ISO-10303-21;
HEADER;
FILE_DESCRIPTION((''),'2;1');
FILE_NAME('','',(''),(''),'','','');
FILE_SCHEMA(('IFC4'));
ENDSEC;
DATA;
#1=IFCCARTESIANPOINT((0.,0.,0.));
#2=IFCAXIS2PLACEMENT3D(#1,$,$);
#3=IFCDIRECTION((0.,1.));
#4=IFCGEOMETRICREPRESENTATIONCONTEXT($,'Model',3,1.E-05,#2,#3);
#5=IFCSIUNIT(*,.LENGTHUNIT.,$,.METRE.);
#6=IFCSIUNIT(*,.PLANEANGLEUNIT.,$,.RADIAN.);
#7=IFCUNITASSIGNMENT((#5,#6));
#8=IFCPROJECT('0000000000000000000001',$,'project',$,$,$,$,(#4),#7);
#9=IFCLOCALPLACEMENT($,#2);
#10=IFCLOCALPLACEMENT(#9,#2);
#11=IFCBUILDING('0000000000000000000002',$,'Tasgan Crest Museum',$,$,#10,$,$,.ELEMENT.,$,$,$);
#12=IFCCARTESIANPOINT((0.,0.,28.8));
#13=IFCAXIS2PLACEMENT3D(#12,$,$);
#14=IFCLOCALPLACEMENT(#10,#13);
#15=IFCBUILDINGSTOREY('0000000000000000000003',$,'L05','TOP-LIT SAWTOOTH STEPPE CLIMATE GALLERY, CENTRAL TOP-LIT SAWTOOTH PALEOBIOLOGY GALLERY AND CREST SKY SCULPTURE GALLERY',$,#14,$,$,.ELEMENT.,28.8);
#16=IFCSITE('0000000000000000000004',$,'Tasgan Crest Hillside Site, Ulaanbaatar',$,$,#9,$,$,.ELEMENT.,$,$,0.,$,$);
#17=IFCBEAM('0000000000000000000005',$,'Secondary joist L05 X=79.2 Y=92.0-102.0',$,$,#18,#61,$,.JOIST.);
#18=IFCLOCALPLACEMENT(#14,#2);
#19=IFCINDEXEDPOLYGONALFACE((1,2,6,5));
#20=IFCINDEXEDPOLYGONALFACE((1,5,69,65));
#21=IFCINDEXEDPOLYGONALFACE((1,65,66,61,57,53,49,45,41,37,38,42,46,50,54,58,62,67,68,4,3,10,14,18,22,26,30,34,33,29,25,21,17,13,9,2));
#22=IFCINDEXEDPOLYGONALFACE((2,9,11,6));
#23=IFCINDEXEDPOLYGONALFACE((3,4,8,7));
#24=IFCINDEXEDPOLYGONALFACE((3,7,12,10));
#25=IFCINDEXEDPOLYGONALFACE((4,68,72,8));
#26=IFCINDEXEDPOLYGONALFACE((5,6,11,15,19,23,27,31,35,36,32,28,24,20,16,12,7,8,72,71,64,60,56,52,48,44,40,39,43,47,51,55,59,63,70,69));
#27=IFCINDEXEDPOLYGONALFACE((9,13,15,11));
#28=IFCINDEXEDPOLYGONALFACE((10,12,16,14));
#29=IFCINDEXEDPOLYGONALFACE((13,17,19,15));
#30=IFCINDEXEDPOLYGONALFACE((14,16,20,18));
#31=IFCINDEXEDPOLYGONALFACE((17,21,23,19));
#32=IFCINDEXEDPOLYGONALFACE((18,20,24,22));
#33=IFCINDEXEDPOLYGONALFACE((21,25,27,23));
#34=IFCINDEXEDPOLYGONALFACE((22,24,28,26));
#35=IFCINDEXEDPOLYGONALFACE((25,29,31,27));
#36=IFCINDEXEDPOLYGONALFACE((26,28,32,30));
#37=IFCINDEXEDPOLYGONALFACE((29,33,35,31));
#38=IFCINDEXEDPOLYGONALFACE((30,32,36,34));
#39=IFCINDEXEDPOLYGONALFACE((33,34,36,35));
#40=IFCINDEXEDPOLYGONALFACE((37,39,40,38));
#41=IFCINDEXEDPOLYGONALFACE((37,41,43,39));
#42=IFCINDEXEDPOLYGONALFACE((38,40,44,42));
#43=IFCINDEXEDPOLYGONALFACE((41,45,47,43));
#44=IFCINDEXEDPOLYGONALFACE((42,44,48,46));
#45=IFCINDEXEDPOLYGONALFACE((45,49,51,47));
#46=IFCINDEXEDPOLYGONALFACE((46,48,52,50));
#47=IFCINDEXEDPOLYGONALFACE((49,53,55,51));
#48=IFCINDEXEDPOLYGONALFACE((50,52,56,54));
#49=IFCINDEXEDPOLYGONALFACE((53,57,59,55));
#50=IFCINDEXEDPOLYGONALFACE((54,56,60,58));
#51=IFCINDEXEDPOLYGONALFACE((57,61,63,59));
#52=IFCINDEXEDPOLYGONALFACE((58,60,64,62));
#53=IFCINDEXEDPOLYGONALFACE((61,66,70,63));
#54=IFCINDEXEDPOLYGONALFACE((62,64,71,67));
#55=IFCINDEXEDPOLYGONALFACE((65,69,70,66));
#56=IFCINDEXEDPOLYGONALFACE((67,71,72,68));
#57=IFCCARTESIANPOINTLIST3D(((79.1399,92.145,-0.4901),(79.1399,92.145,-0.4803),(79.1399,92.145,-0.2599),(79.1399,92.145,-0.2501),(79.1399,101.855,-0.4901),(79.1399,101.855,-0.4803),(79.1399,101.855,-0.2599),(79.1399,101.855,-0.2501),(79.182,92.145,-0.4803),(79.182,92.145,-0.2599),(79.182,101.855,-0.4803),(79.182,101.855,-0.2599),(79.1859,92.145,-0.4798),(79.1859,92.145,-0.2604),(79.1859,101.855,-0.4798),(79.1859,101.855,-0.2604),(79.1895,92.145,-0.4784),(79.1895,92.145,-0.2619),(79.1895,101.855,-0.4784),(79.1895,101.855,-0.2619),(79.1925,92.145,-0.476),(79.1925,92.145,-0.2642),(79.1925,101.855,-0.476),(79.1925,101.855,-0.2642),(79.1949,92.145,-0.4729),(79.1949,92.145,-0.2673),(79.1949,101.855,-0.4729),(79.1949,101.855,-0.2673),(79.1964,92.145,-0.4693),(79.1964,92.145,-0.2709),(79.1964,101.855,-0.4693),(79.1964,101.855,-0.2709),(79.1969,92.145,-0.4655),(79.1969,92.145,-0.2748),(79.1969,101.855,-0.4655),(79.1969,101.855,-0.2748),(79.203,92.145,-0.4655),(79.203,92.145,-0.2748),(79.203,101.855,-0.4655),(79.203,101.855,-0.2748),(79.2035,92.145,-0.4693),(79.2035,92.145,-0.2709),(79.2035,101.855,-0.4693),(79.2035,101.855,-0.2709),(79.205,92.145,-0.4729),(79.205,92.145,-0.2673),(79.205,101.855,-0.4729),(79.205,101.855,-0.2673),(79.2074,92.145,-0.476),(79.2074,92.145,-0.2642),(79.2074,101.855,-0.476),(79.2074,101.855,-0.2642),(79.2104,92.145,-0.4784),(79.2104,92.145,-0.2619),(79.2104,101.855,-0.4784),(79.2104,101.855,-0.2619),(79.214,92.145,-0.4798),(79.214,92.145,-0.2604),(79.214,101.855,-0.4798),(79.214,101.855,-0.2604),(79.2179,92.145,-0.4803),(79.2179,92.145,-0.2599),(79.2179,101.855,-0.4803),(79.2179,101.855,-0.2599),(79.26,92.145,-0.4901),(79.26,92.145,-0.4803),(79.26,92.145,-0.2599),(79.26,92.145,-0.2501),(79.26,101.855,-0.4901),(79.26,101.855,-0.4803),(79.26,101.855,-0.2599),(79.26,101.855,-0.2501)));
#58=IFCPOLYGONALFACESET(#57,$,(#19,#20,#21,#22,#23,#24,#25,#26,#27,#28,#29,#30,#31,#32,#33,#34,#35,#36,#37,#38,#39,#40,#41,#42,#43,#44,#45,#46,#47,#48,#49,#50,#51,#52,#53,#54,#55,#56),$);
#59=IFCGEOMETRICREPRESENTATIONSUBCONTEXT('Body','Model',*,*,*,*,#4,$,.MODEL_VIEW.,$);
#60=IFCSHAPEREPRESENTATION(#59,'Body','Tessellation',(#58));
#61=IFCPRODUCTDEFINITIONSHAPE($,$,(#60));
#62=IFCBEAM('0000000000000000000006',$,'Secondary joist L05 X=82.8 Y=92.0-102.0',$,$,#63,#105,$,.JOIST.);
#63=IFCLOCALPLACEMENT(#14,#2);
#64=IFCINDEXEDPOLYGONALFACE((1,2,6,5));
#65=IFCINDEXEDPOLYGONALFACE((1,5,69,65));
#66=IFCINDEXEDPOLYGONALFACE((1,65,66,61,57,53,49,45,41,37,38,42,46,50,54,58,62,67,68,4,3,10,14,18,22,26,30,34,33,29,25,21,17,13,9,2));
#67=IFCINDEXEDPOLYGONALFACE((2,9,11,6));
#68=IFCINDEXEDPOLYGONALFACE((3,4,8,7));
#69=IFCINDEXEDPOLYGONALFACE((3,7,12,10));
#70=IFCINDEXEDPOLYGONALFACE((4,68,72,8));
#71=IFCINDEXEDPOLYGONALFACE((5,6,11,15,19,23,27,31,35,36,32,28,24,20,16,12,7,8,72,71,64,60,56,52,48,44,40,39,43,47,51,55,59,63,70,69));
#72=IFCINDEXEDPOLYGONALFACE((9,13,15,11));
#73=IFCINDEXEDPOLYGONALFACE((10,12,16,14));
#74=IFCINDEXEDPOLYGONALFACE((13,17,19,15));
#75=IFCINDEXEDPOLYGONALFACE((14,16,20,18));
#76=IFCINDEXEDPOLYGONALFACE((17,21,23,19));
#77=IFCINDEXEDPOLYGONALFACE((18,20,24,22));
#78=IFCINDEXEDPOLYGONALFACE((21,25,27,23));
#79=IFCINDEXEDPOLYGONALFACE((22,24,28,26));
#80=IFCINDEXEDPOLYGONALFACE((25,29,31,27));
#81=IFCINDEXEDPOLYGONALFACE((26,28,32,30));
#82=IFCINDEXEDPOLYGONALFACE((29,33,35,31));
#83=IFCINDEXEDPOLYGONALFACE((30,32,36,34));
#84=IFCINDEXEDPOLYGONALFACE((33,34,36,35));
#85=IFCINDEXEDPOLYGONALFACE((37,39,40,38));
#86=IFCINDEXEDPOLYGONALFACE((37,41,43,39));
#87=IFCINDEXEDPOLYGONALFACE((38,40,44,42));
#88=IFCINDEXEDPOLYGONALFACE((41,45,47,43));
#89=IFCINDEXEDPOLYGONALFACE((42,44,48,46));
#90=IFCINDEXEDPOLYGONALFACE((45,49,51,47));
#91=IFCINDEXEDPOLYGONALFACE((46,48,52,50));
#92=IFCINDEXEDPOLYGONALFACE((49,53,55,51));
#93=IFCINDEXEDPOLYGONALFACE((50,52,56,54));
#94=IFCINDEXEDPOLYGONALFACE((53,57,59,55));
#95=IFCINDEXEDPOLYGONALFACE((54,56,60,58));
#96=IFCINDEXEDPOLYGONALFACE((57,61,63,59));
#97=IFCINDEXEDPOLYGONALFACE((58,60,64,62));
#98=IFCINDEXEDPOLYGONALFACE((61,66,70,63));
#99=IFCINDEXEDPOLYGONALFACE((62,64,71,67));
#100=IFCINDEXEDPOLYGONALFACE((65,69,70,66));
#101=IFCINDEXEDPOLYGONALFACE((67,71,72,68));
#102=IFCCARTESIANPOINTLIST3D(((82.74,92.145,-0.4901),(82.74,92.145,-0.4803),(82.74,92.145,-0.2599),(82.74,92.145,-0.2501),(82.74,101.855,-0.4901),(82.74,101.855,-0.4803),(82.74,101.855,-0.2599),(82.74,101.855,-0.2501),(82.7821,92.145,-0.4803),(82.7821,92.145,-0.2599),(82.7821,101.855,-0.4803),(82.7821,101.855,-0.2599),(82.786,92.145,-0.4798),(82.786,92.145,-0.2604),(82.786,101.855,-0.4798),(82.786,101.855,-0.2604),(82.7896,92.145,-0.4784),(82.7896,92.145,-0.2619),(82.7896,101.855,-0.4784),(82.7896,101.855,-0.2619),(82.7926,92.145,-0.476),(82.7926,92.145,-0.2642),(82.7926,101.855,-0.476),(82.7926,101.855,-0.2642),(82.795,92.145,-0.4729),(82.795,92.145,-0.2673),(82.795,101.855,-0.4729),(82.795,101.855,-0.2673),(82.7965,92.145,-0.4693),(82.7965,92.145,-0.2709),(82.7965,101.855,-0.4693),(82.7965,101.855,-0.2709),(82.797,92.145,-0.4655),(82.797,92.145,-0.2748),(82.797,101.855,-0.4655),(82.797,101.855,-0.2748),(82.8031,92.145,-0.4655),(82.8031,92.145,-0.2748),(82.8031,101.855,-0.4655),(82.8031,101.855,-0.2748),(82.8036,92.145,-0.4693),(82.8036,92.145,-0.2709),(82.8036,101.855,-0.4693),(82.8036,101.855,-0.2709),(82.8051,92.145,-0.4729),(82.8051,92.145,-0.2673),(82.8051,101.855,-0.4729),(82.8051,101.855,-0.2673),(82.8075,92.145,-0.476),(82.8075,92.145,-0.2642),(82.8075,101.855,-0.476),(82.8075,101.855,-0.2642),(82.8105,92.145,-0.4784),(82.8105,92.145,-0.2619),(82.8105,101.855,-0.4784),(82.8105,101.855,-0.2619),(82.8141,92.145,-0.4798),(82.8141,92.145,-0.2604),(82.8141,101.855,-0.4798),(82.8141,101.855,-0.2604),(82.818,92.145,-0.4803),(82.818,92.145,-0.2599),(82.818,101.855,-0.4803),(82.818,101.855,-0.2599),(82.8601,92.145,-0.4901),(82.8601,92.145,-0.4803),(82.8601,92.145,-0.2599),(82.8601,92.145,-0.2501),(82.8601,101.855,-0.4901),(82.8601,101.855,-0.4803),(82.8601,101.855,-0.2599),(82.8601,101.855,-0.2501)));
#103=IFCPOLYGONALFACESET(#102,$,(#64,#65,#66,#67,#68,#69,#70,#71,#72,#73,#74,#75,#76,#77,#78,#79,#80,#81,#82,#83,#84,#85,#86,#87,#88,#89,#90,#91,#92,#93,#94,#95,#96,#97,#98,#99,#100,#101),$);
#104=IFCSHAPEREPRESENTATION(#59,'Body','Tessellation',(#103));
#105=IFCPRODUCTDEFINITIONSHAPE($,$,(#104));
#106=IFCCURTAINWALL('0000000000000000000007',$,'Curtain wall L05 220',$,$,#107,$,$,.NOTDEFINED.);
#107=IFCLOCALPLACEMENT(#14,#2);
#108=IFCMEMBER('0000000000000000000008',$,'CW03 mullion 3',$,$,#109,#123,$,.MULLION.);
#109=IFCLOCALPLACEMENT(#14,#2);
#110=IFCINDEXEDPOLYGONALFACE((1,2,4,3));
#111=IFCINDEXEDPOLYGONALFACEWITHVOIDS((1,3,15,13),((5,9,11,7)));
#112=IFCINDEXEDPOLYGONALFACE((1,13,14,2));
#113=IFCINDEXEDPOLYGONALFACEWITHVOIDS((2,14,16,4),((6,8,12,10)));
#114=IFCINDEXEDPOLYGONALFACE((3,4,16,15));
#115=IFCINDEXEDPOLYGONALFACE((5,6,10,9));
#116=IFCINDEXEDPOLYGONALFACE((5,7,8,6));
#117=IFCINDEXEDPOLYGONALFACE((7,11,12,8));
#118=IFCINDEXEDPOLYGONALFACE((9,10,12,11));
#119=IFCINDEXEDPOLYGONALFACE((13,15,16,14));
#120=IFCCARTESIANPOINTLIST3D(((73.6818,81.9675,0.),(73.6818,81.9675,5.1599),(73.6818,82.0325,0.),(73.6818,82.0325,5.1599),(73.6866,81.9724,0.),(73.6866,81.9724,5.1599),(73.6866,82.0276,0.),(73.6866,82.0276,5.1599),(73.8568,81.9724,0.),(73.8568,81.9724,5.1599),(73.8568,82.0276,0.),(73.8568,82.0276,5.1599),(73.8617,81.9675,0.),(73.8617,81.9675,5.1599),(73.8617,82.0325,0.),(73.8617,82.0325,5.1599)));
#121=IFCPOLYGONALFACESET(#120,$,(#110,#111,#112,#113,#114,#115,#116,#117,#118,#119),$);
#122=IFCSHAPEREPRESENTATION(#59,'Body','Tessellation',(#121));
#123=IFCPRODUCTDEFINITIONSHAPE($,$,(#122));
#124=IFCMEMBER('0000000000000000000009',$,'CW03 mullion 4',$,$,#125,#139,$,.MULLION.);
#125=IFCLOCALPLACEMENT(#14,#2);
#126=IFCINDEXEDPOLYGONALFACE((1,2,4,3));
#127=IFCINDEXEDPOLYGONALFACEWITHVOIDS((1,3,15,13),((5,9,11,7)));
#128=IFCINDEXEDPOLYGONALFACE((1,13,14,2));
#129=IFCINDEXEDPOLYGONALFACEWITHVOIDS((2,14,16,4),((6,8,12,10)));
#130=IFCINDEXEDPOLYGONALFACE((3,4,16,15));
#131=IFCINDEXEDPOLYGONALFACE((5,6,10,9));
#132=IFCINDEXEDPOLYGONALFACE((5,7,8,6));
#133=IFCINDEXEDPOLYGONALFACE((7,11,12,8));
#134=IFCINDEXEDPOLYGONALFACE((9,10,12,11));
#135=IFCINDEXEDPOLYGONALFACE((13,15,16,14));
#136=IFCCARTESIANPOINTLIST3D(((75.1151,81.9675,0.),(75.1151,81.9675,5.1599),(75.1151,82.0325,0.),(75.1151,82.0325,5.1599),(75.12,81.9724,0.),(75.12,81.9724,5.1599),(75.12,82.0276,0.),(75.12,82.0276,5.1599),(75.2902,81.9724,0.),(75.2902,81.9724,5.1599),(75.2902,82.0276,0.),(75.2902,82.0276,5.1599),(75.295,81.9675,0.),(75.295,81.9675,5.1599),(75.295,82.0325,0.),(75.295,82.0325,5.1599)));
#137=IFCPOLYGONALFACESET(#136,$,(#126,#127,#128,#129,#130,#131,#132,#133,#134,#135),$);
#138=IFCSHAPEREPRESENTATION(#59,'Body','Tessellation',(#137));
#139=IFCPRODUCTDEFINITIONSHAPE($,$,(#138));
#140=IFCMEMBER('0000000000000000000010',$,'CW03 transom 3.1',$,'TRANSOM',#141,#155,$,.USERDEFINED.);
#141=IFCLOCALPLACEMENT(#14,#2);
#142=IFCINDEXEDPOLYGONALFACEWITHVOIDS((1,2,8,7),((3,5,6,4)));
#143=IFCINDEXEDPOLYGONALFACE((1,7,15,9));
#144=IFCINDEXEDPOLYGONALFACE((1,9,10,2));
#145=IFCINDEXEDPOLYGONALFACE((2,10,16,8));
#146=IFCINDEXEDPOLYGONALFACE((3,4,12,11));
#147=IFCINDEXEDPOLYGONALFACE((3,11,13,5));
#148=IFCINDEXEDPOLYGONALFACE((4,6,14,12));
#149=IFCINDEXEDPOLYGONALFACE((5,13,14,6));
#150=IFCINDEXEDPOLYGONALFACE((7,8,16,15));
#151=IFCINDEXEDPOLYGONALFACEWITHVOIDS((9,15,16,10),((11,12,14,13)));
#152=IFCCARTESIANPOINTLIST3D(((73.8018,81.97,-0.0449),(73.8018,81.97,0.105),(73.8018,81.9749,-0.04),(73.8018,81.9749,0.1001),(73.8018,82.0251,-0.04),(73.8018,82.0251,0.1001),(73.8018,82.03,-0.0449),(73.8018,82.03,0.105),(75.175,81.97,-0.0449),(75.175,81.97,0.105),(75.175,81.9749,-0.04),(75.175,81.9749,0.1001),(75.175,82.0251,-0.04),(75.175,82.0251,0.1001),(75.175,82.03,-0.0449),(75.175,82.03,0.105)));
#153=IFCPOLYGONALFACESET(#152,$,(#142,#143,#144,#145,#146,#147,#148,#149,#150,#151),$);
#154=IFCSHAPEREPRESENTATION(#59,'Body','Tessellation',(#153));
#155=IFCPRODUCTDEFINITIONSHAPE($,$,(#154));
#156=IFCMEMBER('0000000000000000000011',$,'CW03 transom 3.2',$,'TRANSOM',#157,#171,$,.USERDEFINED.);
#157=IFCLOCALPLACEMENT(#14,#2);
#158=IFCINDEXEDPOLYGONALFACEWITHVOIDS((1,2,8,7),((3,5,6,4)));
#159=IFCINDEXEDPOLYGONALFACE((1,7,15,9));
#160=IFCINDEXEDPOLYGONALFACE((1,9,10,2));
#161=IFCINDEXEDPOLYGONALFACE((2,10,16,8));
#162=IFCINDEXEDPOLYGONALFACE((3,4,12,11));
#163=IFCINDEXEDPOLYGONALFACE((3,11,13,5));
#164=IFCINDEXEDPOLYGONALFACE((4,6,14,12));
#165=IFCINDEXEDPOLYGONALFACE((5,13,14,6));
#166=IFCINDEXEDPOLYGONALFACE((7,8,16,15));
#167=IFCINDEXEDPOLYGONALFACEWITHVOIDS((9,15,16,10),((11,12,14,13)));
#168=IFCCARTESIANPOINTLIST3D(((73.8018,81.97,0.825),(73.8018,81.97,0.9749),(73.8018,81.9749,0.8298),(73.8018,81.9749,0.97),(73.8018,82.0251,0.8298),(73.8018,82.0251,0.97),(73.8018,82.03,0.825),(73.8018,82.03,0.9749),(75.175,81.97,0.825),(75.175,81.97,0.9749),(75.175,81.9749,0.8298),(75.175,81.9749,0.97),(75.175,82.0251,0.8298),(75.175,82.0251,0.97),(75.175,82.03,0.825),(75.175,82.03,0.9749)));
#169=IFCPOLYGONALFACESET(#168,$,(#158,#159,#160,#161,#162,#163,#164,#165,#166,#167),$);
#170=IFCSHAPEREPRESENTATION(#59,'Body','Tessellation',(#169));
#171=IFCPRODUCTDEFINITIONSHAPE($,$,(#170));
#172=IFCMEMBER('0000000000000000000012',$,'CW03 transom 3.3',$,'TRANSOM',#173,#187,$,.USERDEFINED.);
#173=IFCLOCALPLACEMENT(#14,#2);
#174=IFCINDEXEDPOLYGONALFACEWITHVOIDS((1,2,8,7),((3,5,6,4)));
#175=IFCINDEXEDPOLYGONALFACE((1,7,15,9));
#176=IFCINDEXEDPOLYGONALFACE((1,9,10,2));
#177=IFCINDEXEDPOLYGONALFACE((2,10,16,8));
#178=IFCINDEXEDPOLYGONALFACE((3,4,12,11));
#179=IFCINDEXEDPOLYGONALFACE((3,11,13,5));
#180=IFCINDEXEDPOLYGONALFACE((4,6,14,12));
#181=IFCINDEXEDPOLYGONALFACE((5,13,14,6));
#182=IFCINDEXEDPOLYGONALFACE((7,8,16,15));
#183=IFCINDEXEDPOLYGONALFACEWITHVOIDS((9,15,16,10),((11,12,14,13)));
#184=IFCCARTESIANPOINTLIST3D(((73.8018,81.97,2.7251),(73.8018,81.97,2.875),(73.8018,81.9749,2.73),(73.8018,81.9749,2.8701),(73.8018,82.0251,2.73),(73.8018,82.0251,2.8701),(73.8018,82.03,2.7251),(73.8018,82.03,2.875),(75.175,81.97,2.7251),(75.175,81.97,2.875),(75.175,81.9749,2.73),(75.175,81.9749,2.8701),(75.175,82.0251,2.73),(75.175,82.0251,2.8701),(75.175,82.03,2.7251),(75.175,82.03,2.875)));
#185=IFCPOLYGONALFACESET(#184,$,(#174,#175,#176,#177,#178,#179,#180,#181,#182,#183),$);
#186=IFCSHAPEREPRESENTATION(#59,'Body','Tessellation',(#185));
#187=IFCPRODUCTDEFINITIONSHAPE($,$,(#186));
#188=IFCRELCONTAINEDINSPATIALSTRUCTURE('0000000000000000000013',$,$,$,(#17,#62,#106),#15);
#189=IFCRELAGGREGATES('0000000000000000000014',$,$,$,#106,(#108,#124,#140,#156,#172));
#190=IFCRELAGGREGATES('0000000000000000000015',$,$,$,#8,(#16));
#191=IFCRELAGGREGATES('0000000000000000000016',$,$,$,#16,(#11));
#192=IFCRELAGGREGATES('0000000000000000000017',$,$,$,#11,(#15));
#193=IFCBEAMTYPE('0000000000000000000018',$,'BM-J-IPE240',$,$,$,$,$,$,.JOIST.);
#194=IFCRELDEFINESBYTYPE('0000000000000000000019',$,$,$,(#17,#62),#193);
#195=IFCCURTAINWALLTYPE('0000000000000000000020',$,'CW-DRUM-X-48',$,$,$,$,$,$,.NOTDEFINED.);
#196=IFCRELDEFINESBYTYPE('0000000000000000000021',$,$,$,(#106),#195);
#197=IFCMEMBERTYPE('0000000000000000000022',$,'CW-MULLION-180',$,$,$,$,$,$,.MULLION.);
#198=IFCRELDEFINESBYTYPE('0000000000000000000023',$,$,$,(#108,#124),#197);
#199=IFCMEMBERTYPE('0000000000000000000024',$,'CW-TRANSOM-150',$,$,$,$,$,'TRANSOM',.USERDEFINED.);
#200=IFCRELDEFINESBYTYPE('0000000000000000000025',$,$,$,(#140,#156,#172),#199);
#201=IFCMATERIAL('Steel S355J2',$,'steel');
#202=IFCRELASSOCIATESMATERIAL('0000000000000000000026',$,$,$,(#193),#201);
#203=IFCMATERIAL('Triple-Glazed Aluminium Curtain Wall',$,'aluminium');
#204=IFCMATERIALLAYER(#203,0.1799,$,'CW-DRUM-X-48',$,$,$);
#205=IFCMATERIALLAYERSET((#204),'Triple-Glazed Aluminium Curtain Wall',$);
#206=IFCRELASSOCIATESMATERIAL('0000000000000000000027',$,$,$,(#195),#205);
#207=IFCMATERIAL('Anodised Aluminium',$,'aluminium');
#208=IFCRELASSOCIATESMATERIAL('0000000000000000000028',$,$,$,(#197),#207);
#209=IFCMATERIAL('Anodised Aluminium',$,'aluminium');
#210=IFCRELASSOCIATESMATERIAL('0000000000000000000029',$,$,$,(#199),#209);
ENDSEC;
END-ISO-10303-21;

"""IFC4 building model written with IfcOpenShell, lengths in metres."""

from ifc_helpers import new_model, si_unit, direction, frame, origin, origin_2d, place, context, subcontext, project, spatial, hollow_rectangle, i_section, extrude, material, layer, layer_set, material_profile, profile_set, type_object, element, aggregate, save


model = new_model("IFC4")

# Units and contexts
model_context = context("Model", 3, precision=1e-05, world=origin(), true_north=direction((0.0, 1.0)))
body_context = subcontext(model_context, "Body", "Model", "MODEL_VIEW")
ifc_project = project(units=[si_unit("LENGTHUNIT", "METRE"), si_unit("PLANEANGLEUNIT", "RADIAN")], contexts=[model_context])

# Site, building, storey
site_placement = place(None, origin())
site = spatial("IfcSite", under=ifc_project, at=site_placement, Name="Tasgan Crest Hillside Site, Ulaanbaatar", CompositionType="ELEMENT", RefElevation=0.0)
building_placement = place(site_placement, origin())
building = spatial("IfcBuilding", under=site, at=building_placement, Name="Tasgan Crest Museum", CompositionType="ELEMENT")
storey_placement = place(building_placement, frame((0.0, 0.0, 28.8)))
storey = spatial("IfcBuildingStorey", under=building, at=storey_placement, Name="L05", Description="TOP-LIT SAWTOOTH STEPPE CLIMATE GALLERY, CENTRAL TOP-LIT SAWTOOTH PALEOBIOLOGY GALLERY AND CREST SKY SCULPTURE GALLERY", CompositionType="ELEMENT", Elevation=28.8)

# Beams
ifc_material_1 = material(Name="Steel S355J2", Category="steel")
ifc_material_profile_1 = material_profile(ifc_material_1, i_section(OverallWidth=0.1201, OverallDepth=0.24, WebThickness=0.0061, FlangeThickness=0.0098, FilletRadius=0.0149, at=origin_2d()), Name="IPE 240")
ifc_profile_set_1 = profile_set([ifc_material_profile_1], Name="Steel S355J2")
beam_type_1 = type_object("IfcBeamType", Name="BM-J-IPE240", PredefinedType="JOIST", material=ifc_profile_set_1)
for number, where, z_axis, x_axis, name in (
    (1, (79.2, 92.145, -0.3701), (0.0, 1.0, 0.0), (-1.0, 0.0, 0.0), "Secondary joist L05 X=79.2 Y=92.0-102.0"),
    (2, (82.8, 92.145, -0.3701), (0.0, 1.0, 0.0), (-1.0, 0.0, 0.0), "Secondary joist L05 X=82.8 Y=92.0-102.0"),
):
    element("IfcBeam", number, at=place(storey_placement, frame(where, z_axis=z_axis, x_axis=x_axis)), inside=storey, type_object=beam_type_1, Name=name, PredefinedType="JOIST", context=body_context, shape_type="SweptSolid", body=[
        extrude(i_section(OverallWidth=0.1201, OverallDepth=0.24, WebThickness=0.0061, FlangeThickness=0.0098, FilletRadius=0.0149, at=origin_2d()), origin(), (0.0, 0.0, 1.0), 9.71),
    ])

# Curtain wall, members
ifc_material_2 = material(Name="Triple-Glazed Aluminium Curtain Wall", Category="aluminium")
ifc_layer_1 = layer(ifc_material_2, 0.1799, Name="CW-DRUM-X-48")
ifc_layer_set_1 = layer_set([ifc_layer_1], Name="Triple-Glazed Aluminium Curtain Wall")
curtain_wall_type = type_object("IfcCurtainWallType", Name="CW-DRUM-X-48", PredefinedType="NOTDEFINED", material=ifc_layer_set_1)
curtain_wall_placement = place(storey_placement, origin())
curtain_wall = element("IfcCurtainWall", 3, at=curtain_wall_placement, inside=storey, type_object=curtain_wall_type, Name="Curtain wall L05 220", PredefinedType="NOTDEFINED")
ifc_material_3 = material(Name="Anodised Aluminium", Category="aluminium")
ifc_material_profile_2 = material_profile(ifc_material_3, hollow_rectangle(XDim=0.0649, YDim=0.1799, WallThickness=0.0049, at=origin_2d()), Name="ALU MULLION 180x65x5")
ifc_profile_set_2 = profile_set([ifc_material_profile_2], Name="Anodised Aluminium")
member_type_1 = type_object("IfcMemberType", Name="CW-MULLION-180", PredefinedType="MULLION", material=ifc_profile_set_2)
member_1_placement = place(storey_placement, frame((73.7717, 82.0, 0.0), z_axis=(0.0, 0.0, 1.0), x_axis=(0.0, 1.0, 0.0)))
member_1 = element("IfcMember", 4, at=member_1_placement, type_object=member_type_1, Name="CW03 mullion 3", PredefinedType="MULLION", context=body_context, shape_type="SweptSolid", body=[
    extrude(hollow_rectangle(XDim=0.0649, YDim=0.1799, WallThickness=0.0049, at=origin_2d()), origin(), (0.0, 0.0, 1.0), 5.1599),
])
member_2_placement = place(storey_placement, frame((75.2051, 82.0, 0.0), z_axis=(0.0, 0.0, 1.0), x_axis=(0.0, 1.0, 0.0)))
member_2 = element("IfcMember", 5, at=member_2_placement, type_object=member_type_1, Name="CW03 mullion 4", PredefinedType="MULLION", context=body_context, shape_type="SweptSolid", body=[
    extrude(hollow_rectangle(XDim=0.0649, YDim=0.1799, WallThickness=0.0049, at=origin_2d()), origin(), (0.0, 0.0, 1.0), 5.1599),
])
ifc_material_4 = material(Name="Anodised Aluminium", Category="aluminium")
ifc_material_profile_3 = material_profile(ifc_material_4, hollow_rectangle(XDim=0.0601, YDim=0.1499, WallThickness=0.0049, at=origin_2d()), Name="ALU TRANSOM 150x60x5")
ifc_profile_set_3 = profile_set([ifc_material_profile_3], Name="Anodised Aluminium")
member_type_2 = type_object("IfcMemberType", Name="CW-TRANSOM-150", ElementType="TRANSOM", PredefinedType="USERDEFINED", material=ifc_profile_set_3)
member_3_placement = place(storey_placement, frame((73.8018, 82.0, 0.03), z_axis=(1.0, 0.0, 0.0), x_axis=(0.0, 1.0, 0.0)))
member_3 = element("IfcMember", 6, at=member_3_placement, type_object=member_type_2, Name="CW03 transom 3.1", ObjectType="TRANSOM", PredefinedType="USERDEFINED", context=body_context, shape_type="SweptSolid", body=[
    extrude(hollow_rectangle(XDim=0.0601, YDim=0.1499, WallThickness=0.0049, at=origin_2d()), origin(), (0.0, 0.0, 1.0), 1.3733),
])
member_4_placement = place(storey_placement, frame((73.8018, 82.0, 0.8999), z_axis=(1.0, 0.0, 0.0), x_axis=(0.0, 1.0, 0.0)))
member_4 = element("IfcMember", 7, at=member_4_placement, type_object=member_type_2, Name="CW03 transom 3.2", ObjectType="TRANSOM", PredefinedType="USERDEFINED", context=body_context, shape_type="SweptSolid", body=[
    extrude(hollow_rectangle(XDim=0.0601, YDim=0.1499, WallThickness=0.0049, at=origin_2d()), origin(), (0.0, 0.0, 1.0), 1.3733),
])
member_5_placement = place(storey_placement, frame((73.8018, 82.0, 2.8), z_axis=(1.0, 0.0, 0.0), x_axis=(0.0, 1.0, 0.0)))
member_5 = element("IfcMember", 8, at=member_5_placement, type_object=member_type_2, Name="CW03 transom 3.3", ObjectType="TRANSOM", PredefinedType="USERDEFINED", context=body_context, shape_type="SweptSolid", body=[
    extrude(hollow_rectangle(XDim=0.0601, YDim=0.1499, WallThickness=0.0049, at=origin_2d()), origin(), (0.0, 0.0, 1.0), 1.3733),
])

aggregate(curtain_wall, [member_1, member_2, member_3, member_4, member_5])

save(model, "model.ifc")
